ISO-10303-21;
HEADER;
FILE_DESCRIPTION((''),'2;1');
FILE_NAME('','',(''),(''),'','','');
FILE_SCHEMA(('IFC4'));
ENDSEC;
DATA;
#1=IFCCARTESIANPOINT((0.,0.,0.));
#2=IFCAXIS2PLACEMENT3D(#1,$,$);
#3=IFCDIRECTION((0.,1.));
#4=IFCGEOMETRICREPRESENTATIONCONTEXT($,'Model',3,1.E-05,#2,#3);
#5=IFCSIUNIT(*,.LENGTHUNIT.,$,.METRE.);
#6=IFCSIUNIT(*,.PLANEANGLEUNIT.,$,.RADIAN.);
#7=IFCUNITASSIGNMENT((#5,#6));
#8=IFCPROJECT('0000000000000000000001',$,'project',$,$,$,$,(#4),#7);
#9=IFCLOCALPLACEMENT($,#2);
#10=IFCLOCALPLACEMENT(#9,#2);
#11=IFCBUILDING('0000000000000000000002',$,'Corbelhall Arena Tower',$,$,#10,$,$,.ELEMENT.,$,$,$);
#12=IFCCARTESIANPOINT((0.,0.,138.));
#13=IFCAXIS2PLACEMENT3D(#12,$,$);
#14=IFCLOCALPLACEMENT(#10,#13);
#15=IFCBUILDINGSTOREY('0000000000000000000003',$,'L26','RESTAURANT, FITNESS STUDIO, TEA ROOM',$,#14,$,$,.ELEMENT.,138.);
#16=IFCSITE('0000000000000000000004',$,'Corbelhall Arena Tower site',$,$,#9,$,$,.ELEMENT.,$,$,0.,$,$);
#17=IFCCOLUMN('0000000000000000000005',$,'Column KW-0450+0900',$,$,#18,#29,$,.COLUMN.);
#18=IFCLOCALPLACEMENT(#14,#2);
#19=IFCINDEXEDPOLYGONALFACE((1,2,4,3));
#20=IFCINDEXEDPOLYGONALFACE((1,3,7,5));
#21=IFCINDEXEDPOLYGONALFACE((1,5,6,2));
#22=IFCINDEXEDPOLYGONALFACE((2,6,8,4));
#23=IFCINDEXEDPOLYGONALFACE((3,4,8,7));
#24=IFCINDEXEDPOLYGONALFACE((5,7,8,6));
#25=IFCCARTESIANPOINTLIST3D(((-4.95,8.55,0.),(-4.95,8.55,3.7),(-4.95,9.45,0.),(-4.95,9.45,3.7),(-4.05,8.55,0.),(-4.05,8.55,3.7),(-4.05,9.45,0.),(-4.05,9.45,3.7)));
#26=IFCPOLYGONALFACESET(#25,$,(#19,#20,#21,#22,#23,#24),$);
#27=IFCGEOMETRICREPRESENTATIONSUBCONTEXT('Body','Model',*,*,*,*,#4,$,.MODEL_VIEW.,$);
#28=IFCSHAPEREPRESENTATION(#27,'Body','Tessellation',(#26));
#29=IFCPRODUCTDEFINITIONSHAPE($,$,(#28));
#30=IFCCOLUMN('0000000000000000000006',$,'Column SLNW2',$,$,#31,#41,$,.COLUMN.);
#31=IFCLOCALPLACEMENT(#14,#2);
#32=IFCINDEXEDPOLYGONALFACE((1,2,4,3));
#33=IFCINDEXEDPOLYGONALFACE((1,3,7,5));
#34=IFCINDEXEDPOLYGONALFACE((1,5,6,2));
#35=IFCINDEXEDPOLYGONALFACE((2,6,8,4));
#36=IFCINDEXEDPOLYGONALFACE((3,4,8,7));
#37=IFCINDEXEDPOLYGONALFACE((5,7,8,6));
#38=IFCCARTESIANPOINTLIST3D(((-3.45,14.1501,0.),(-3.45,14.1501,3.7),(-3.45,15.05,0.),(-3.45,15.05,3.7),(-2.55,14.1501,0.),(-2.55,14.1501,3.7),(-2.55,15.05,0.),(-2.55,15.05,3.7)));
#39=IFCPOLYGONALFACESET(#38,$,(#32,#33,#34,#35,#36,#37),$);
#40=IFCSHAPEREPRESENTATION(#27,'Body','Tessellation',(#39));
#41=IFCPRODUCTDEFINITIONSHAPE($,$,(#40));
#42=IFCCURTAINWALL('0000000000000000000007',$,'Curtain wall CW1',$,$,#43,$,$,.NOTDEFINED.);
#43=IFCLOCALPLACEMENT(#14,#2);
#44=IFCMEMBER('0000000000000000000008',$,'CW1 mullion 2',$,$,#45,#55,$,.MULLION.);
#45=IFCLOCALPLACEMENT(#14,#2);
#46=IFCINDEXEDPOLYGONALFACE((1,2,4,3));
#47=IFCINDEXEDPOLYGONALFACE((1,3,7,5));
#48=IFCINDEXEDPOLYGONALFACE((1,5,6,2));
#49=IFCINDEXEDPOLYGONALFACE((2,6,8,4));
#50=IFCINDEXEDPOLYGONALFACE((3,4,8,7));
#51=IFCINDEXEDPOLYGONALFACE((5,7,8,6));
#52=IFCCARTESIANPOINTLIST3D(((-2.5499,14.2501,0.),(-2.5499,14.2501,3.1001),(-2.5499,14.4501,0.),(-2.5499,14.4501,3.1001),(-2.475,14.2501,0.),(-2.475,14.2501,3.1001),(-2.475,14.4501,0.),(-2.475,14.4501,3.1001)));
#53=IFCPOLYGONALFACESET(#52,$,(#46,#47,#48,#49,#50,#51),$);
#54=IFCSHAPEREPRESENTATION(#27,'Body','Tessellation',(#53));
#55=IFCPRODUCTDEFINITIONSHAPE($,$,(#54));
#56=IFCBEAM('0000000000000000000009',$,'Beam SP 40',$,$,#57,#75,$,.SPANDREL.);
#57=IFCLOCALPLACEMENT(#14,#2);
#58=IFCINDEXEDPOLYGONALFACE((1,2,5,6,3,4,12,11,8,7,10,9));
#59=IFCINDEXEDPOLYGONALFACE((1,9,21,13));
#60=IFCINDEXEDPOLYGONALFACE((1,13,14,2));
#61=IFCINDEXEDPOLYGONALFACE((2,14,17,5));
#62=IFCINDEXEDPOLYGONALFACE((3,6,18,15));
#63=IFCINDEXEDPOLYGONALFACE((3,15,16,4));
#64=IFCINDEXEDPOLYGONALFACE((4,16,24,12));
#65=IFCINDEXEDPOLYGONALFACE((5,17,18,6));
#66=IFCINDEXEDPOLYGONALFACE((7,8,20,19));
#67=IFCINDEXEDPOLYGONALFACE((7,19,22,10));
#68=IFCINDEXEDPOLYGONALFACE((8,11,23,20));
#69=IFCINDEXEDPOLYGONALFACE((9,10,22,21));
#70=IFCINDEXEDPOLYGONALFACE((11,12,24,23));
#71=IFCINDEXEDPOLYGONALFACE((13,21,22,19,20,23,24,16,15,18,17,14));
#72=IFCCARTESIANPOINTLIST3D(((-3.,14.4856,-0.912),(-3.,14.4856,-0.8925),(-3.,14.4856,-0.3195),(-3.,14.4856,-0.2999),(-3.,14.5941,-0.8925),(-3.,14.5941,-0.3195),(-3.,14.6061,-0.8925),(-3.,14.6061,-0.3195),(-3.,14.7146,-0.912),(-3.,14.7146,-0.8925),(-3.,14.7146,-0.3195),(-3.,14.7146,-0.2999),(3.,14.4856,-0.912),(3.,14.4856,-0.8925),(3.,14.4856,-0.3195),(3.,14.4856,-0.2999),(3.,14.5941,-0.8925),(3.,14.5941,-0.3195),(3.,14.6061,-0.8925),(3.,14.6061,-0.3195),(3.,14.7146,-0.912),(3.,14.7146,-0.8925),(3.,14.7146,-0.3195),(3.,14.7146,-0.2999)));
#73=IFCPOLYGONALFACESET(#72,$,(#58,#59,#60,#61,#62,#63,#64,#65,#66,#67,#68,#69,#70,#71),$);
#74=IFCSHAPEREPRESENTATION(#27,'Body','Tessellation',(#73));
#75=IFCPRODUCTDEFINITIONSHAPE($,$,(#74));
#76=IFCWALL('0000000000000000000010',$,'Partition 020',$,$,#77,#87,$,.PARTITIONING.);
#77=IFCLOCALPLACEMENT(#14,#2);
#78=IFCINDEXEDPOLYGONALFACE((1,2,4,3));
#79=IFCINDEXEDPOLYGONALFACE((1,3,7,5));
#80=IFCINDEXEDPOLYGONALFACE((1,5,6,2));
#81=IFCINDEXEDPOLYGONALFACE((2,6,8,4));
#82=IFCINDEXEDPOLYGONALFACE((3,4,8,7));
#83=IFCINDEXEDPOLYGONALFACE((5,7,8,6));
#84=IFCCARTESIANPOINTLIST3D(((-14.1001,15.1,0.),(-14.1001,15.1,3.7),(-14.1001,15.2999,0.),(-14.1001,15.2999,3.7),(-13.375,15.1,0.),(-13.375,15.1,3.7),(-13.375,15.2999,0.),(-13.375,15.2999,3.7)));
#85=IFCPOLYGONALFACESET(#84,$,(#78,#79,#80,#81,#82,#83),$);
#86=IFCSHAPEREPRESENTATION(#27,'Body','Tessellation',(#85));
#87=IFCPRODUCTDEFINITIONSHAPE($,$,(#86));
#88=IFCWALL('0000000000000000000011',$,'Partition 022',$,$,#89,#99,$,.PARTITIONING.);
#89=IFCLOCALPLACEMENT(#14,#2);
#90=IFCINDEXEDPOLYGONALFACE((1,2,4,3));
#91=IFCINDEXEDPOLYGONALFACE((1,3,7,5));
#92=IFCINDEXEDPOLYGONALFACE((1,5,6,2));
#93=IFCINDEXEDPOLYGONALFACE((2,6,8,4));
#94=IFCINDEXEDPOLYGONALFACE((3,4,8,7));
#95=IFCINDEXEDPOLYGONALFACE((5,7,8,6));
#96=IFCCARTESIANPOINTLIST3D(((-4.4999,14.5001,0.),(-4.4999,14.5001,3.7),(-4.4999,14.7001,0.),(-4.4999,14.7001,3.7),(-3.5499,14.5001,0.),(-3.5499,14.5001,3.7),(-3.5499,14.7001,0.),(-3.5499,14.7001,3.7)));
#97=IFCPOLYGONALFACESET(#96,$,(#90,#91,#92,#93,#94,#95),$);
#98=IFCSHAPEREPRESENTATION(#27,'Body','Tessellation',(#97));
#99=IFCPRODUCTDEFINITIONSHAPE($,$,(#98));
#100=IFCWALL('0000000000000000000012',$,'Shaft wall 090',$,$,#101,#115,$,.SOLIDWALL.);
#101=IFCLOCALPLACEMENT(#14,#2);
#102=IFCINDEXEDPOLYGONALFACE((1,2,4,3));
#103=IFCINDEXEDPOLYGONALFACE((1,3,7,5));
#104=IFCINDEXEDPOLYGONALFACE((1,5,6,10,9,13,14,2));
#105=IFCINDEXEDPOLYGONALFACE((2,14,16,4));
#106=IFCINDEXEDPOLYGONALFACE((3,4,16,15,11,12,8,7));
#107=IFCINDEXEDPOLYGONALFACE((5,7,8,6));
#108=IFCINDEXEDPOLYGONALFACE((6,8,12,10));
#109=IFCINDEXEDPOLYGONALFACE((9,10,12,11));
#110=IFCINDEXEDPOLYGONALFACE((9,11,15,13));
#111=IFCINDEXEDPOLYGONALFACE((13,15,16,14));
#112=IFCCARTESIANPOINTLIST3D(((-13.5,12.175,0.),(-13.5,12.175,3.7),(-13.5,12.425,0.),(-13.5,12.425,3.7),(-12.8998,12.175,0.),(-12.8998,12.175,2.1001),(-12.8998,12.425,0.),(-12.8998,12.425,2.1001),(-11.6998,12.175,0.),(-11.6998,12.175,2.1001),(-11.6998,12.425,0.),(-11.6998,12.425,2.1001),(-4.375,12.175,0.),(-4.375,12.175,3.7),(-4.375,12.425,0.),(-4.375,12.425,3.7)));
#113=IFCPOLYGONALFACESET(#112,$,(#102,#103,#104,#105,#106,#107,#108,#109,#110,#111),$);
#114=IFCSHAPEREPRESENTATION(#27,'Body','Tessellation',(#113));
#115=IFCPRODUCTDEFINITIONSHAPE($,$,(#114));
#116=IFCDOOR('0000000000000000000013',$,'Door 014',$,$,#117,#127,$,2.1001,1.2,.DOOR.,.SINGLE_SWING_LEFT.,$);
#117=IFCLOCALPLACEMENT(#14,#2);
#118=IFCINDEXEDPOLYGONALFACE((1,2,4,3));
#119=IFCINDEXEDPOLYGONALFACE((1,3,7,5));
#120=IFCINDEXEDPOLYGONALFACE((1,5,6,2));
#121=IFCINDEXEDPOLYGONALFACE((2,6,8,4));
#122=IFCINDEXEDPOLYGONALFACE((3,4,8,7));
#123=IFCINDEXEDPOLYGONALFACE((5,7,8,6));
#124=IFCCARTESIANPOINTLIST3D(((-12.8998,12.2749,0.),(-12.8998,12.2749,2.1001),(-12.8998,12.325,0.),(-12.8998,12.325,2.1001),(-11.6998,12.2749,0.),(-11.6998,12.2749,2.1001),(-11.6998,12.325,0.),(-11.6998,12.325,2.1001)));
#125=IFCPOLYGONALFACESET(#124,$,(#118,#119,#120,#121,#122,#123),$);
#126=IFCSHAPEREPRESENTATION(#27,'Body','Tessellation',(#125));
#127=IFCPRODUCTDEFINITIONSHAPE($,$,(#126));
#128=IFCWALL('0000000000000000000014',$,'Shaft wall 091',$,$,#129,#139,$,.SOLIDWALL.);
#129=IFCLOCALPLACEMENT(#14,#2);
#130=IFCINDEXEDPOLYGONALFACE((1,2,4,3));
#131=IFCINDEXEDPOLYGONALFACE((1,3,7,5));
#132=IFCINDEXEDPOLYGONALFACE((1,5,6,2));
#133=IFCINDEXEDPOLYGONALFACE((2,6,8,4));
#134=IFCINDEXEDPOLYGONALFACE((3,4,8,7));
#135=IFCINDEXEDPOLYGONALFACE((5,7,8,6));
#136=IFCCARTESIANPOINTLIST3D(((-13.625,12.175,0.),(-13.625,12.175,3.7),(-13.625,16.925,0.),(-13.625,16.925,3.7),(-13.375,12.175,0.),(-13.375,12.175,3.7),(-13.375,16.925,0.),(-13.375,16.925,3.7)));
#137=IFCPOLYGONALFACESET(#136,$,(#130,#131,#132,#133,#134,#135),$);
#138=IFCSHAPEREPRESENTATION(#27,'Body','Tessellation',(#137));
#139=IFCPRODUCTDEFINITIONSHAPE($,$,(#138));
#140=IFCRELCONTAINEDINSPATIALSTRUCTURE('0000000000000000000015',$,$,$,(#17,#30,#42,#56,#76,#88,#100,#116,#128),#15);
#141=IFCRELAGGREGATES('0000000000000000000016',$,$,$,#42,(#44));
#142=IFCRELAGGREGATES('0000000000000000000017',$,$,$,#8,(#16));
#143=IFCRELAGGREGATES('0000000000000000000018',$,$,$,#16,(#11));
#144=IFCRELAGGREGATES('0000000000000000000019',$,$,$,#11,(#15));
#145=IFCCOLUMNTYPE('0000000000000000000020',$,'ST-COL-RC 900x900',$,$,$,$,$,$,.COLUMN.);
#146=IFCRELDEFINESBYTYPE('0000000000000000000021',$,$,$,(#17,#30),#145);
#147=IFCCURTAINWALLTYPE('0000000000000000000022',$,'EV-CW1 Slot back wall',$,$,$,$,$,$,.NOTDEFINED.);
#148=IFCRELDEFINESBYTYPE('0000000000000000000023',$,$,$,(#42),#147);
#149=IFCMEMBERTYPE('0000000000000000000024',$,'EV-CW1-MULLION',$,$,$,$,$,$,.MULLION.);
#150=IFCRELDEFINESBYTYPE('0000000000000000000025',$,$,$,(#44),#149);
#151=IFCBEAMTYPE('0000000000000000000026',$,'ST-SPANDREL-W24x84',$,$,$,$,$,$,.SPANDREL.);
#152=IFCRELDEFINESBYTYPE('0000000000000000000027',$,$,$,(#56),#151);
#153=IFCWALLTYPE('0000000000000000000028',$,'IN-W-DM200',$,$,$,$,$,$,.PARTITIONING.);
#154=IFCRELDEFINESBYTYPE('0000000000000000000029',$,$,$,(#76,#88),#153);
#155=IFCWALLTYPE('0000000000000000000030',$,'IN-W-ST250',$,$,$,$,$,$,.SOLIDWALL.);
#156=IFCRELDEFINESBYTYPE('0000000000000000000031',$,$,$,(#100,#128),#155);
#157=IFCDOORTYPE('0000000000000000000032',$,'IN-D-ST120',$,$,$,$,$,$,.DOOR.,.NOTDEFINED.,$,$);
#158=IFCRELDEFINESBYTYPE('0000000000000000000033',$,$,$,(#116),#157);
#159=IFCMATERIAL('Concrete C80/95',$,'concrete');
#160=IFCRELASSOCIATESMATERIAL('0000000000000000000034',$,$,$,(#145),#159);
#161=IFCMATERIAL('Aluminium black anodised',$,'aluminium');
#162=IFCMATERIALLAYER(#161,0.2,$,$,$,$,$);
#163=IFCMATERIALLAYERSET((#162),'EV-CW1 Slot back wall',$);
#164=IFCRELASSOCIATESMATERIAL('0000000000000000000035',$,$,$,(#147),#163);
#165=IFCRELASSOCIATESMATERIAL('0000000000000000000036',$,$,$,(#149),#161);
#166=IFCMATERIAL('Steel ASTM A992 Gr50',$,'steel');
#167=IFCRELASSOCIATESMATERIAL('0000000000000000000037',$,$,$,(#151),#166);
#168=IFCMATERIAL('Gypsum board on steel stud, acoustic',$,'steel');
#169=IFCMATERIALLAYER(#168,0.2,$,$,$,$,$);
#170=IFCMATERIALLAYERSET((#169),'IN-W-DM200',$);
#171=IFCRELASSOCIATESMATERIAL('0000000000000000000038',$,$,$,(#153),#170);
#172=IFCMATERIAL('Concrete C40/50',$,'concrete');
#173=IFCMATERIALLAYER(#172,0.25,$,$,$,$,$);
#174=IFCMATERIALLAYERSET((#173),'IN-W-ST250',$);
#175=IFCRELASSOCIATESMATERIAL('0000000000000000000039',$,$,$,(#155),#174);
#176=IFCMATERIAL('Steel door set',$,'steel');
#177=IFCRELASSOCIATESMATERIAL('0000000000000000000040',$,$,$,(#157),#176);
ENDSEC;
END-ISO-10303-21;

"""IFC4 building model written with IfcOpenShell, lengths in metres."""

from ifc_helpers import new_model, si_unit, direction, frame, frame_2d, origin, origin_2d, place, context, subcontext, project, spatial, rectangle, i_section, extrude, material, layer, layer_set, material_profile, profile_set, type_object, element, fill, aggregate, save


model = new_model("IFC4")

# Units and contexts
model_context = context("Model", 3, precision=1e-05, world=origin(), true_north=direction((0.0, 1.0)))
body_context = subcontext(model_context, "Body", "Model", "MODEL_VIEW")
ifc_project = project(units=[si_unit("LENGTHUNIT", "METRE"), si_unit("PLANEANGLEUNIT", "RADIAN")], contexts=[model_context])

# Site, building, storey
site_placement = place(None, origin())
site = spatial("IfcSite", under=ifc_project, at=site_placement, Name="Corbelhall Arena Tower site", CompositionType="ELEMENT", RefElevation=0.0)
building_placement = place(site_placement, origin())
building = spatial("IfcBuilding", under=site, at=building_placement, Name="Corbelhall Arena Tower", CompositionType="ELEMENT")
storey_placement = place(building_placement, frame((0.0, 0.0, 138.0)))
storey = spatial("IfcBuildingStorey", under=building, at=storey_placement, Name="L26", Description="RESTAURANT, FITNESS STUDIO, TEA ROOM", CompositionType="ELEMENT", Elevation=138.0)

# Columns
ifc_material_1 = material(Name="Concrete C80/95", Category="concrete")
ifc_material_profile_1 = material_profile(ifc_material_1, rectangle(XDim=0.8999, YDim=0.8999, at=origin_2d()))
ifc_profile_set_1 = profile_set([ifc_material_profile_1], Name="Concrete C80/95")
column_type = type_object("IfcColumnType", Name="ST-COL-RC 900x900", PredefinedType="COLUMN", material=ifc_profile_set_1)
for number, where, z_axis, x_axis, name in (
    (1, (-4.5, 9.0, 0.0), (0.0, 0.0, 1.0), (1.0, 0.0, 0.0), "Column KW-0450+0900"),
    (2, (-3.0, 14.6001, 0.0), (0.0, 0.0, 1.0), (1.0, 0.0, 0.0), "Column SLNW2"),
):
    element("IfcColumn", number, at=place(storey_placement, frame(where, z_axis=z_axis, x_axis=x_axis)), inside=storey, type_object=column_type, Name=name, PredefinedType="COLUMN", context=body_context, shape_type="SweptSolid", body=[
        extrude(rectangle(XDim=0.8999, YDim=0.8999, at=origin_2d()), origin(), (0.0, 0.0, 1.0), 3.7),
    ])

# Curtain wall, member
ifc_material_2 = material(Name="Aluminium black anodised", Category="aluminium")
ifc_layer_1 = layer(ifc_material_2, 0.2)
ifc_layer_set_1 = layer_set([ifc_layer_1], Name="EV-CW1 Slot back wall")
curtain_wall_type = type_object("IfcCurtainWallType", Name="EV-CW1 Slot back wall", PredefinedType="NOTDEFINED", material=ifc_layer_set_1)
curtain_wall_placement = place(storey_placement, origin())
curtain_wall = element("IfcCurtainWall", 3, at=curtain_wall_placement, inside=storey, type_object=curtain_wall_type, Name="Curtain wall CW1", PredefinedType="NOTDEFINED")
ifc_material_profile_2 = material_profile(ifc_material_2, rectangle(XDim=0.2, YDim=0.075, at=origin_2d()))
ifc_profile_set_2 = profile_set([ifc_material_profile_2], Name="Aluminium black anodised")
member_type = type_object("IfcMemberType", Name="EV-CW1-MULLION", PredefinedType="MULLION", material=ifc_profile_set_2)
member_placement = place(storey_placement, frame((-2.5125, 14.3501, 0.0), z_axis=(0.0, 0.0, 1.0), x_axis=(0.0, -1.0, 0.0)))
member = element("IfcMember", 4, at=member_placement, type_object=member_type, Name="CW1 mullion 2", PredefinedType="MULLION", context=body_context, shape_type="SweptSolid", body=[
    extrude(rectangle(XDim=0.2, YDim=0.075, at=origin_2d()), origin(), (0.0, 0.0, 1.0), 3.1001),
])
aggregate(curtain_wall, [member])

# Beam
ifc_material_3 = material(Name="Steel ASTM A992 Gr50", Category="steel")
ifc_material_profile_3 = material_profile(ifc_material_3, i_section(OverallWidth=0.229, OverallDepth=0.6121, WebThickness=0.012, FlangeThickness=0.0195, at=origin_2d()))
ifc_profile_set_3 = profile_set([ifc_material_profile_3], Name="Steel ASTM A992 Gr50")
beam_type = type_object("IfcBeamType", Name="ST-SPANDREL-W24x84", PredefinedType="SPANDREL", material=ifc_profile_set_3)
beam_placement = place(storey_placement, frame((-3.0, 14.6001, -0.606), z_axis=(1.0, 0.0, 0.0), x_axis=(0.0, 1.0, 0.0)))
element("IfcBeam", 5, at=beam_placement, inside=storey, type_object=beam_type, Name="Beam SP 40", PredefinedType="SPANDREL", context=body_context, shape_type="SweptSolid", body=[
    extrude(i_section(OverallWidth=0.229, OverallDepth=0.6121, WebThickness=0.012, FlangeThickness=0.0195, at=origin_2d()), origin(), (0.0, 0.0, 1.0), 6.0),
])

# Shared definitions
ifc_material_4 = material(Name="Gypsum board on steel stud, acoustic", Category="steel")
ifc_layer_2 = layer(ifc_material_4, 0.2)
ifc_layer_set_2 = layer_set([ifc_layer_2], Name="IN-W-DM200")
wall_type_1 = type_object("IfcWallType", Name="IN-W-DM200", PredefinedType="PARTITIONING", material=ifc_layer_set_2)
ifc_material_5 = material(Name="Steel door set", Category="steel")

# Walls
wall_1_placement = place(storey_placement, frame((-14.1001, 15.2, 0.0), z_axis=(0.0, 0.0, 1.0), x_axis=(1.0, 0.0, 0.0)))
element("IfcWall", 6, at=wall_1_placement, inside=storey, type_object=wall_type_1, Name="Partition 020", PredefinedType="PARTITIONING", context=body_context, shape_type="SweptSolid", body=[
    extrude(rectangle(XDim=0.7251, YDim=0.2, at=frame_2d((0.3625, 0.0))), origin(), (0.0, 0.0, 1.0), 3.7),
])
wall_2_placement = place(storey_placement, frame((-4.5, 14.6001, 0.0), z_axis=(0.0, 0.0, 1.0), x_axis=(1.0, 0.0, 0.0)))
element("IfcWall", 7, at=wall_2_placement, inside=storey, type_object=wall_type_1, Name="Partition 022", PredefinedType="PARTITIONING", context=body_context, shape_type="SweptSolid", body=[
    extrude(rectangle(XDim=0.95, YDim=0.2, at=frame_2d((0.4751, 0.0))), origin(), (0.0, 0.0, 1.0), 3.7),
])

# Wall, opening, door
ifc_material_6 = material(Name="Concrete C40/50", Category="concrete")
ifc_layer_3 = layer(ifc_material_6, 0.25)
ifc_layer_set_3 = layer_set([ifc_layer_3], Name="IN-W-ST250")
wall_type_2 = type_object("IfcWallType", Name="IN-W-ST250", PredefinedType="SOLIDWALL", material=ifc_layer_set_3)
wall_3_placement = place(storey_placement, frame((-13.5, 12.3, 0.0), z_axis=(0.0, 0.0, 1.0), x_axis=(1.0, 0.0, 0.0)))
wall_3 = element("IfcWall", 8, at=wall_3_placement, inside=storey, type_object=wall_type_2, Name="Shaft wall 090", PredefinedType="SOLIDWALL", context=body_context, shape_type="SweptSolid", body=[
    extrude(rectangle(XDim=9.125, YDim=0.25, at=frame_2d((4.5625, 0.0))), origin(), (0.0, 0.0, 1.0), 3.7),
])
opening_1_placement = place(wall_3_placement, frame((0.6001, 0.0, 0.0)))
opening_1 = element("IfcOpeningElement", 9, at=opening_1_placement, cuts=wall_3, PredefinedType="OPENING", context=body_context, shape_type="SweptSolid", body=[
    extrude(rectangle(XDim=1.2, YDim=2.1001, at=frame_2d((0.6001, 1.05))), frame((0.0, 0.125, 0.0), z_axis=(0.0, -1.0, 0.0), x_axis=(1.0, 0.0, 0.0)), (0.0, 0.0, 1.0), 0.25),
])
door_type_1 = type_object("IfcDoorType", Name="IN-D-ST120", OperationType="NOTDEFINED", PredefinedType="DOOR", material=ifc_material_5)
door_1_placement = place(opening_1_placement, origin())
door_1 = element("IfcDoor", 10, at=door_1_placement, inside=storey, type_object=door_type_1, Name="Door 014", OperationType="SINGLE_SWING_LEFT", OverallHeight=2.1001, OverallWidth=1.2, PredefinedType="DOOR", context=body_context, shape_type="SweptSolid", body=[
    extrude(rectangle(XDim=1.2, YDim=2.1001, at=frame_2d((0.6001, 1.05))), frame((0.0, 0.0249, 0.0), z_axis=(0.0, -1.0, 0.0), x_axis=(1.0, 0.0, 0.0)), (0.0, 0.0, 1.0), 0.05),
])
fill(opening_1, door_1)

# Wall
wall_4_placement = place(storey_placement, frame((-13.5, 12.175, 0.0), z_axis=(0.0, 0.0, 1.0), x_axis=(0.0, 1.0, 0.0)))
element("IfcWall", 11, at=wall_4_placement, inside=storey, type_object=wall_type_2, Name="Shaft wall 091", PredefinedType="SOLIDWALL", context=body_context, shape_type="SweptSolid", body=[
    extrude(rectangle(XDim=4.75, YDim=0.25, at=frame_2d((2.375, 0.0))), origin(), (0.0, 0.0, 1.0), 3.7),
])

save(model, "model.ifc")
